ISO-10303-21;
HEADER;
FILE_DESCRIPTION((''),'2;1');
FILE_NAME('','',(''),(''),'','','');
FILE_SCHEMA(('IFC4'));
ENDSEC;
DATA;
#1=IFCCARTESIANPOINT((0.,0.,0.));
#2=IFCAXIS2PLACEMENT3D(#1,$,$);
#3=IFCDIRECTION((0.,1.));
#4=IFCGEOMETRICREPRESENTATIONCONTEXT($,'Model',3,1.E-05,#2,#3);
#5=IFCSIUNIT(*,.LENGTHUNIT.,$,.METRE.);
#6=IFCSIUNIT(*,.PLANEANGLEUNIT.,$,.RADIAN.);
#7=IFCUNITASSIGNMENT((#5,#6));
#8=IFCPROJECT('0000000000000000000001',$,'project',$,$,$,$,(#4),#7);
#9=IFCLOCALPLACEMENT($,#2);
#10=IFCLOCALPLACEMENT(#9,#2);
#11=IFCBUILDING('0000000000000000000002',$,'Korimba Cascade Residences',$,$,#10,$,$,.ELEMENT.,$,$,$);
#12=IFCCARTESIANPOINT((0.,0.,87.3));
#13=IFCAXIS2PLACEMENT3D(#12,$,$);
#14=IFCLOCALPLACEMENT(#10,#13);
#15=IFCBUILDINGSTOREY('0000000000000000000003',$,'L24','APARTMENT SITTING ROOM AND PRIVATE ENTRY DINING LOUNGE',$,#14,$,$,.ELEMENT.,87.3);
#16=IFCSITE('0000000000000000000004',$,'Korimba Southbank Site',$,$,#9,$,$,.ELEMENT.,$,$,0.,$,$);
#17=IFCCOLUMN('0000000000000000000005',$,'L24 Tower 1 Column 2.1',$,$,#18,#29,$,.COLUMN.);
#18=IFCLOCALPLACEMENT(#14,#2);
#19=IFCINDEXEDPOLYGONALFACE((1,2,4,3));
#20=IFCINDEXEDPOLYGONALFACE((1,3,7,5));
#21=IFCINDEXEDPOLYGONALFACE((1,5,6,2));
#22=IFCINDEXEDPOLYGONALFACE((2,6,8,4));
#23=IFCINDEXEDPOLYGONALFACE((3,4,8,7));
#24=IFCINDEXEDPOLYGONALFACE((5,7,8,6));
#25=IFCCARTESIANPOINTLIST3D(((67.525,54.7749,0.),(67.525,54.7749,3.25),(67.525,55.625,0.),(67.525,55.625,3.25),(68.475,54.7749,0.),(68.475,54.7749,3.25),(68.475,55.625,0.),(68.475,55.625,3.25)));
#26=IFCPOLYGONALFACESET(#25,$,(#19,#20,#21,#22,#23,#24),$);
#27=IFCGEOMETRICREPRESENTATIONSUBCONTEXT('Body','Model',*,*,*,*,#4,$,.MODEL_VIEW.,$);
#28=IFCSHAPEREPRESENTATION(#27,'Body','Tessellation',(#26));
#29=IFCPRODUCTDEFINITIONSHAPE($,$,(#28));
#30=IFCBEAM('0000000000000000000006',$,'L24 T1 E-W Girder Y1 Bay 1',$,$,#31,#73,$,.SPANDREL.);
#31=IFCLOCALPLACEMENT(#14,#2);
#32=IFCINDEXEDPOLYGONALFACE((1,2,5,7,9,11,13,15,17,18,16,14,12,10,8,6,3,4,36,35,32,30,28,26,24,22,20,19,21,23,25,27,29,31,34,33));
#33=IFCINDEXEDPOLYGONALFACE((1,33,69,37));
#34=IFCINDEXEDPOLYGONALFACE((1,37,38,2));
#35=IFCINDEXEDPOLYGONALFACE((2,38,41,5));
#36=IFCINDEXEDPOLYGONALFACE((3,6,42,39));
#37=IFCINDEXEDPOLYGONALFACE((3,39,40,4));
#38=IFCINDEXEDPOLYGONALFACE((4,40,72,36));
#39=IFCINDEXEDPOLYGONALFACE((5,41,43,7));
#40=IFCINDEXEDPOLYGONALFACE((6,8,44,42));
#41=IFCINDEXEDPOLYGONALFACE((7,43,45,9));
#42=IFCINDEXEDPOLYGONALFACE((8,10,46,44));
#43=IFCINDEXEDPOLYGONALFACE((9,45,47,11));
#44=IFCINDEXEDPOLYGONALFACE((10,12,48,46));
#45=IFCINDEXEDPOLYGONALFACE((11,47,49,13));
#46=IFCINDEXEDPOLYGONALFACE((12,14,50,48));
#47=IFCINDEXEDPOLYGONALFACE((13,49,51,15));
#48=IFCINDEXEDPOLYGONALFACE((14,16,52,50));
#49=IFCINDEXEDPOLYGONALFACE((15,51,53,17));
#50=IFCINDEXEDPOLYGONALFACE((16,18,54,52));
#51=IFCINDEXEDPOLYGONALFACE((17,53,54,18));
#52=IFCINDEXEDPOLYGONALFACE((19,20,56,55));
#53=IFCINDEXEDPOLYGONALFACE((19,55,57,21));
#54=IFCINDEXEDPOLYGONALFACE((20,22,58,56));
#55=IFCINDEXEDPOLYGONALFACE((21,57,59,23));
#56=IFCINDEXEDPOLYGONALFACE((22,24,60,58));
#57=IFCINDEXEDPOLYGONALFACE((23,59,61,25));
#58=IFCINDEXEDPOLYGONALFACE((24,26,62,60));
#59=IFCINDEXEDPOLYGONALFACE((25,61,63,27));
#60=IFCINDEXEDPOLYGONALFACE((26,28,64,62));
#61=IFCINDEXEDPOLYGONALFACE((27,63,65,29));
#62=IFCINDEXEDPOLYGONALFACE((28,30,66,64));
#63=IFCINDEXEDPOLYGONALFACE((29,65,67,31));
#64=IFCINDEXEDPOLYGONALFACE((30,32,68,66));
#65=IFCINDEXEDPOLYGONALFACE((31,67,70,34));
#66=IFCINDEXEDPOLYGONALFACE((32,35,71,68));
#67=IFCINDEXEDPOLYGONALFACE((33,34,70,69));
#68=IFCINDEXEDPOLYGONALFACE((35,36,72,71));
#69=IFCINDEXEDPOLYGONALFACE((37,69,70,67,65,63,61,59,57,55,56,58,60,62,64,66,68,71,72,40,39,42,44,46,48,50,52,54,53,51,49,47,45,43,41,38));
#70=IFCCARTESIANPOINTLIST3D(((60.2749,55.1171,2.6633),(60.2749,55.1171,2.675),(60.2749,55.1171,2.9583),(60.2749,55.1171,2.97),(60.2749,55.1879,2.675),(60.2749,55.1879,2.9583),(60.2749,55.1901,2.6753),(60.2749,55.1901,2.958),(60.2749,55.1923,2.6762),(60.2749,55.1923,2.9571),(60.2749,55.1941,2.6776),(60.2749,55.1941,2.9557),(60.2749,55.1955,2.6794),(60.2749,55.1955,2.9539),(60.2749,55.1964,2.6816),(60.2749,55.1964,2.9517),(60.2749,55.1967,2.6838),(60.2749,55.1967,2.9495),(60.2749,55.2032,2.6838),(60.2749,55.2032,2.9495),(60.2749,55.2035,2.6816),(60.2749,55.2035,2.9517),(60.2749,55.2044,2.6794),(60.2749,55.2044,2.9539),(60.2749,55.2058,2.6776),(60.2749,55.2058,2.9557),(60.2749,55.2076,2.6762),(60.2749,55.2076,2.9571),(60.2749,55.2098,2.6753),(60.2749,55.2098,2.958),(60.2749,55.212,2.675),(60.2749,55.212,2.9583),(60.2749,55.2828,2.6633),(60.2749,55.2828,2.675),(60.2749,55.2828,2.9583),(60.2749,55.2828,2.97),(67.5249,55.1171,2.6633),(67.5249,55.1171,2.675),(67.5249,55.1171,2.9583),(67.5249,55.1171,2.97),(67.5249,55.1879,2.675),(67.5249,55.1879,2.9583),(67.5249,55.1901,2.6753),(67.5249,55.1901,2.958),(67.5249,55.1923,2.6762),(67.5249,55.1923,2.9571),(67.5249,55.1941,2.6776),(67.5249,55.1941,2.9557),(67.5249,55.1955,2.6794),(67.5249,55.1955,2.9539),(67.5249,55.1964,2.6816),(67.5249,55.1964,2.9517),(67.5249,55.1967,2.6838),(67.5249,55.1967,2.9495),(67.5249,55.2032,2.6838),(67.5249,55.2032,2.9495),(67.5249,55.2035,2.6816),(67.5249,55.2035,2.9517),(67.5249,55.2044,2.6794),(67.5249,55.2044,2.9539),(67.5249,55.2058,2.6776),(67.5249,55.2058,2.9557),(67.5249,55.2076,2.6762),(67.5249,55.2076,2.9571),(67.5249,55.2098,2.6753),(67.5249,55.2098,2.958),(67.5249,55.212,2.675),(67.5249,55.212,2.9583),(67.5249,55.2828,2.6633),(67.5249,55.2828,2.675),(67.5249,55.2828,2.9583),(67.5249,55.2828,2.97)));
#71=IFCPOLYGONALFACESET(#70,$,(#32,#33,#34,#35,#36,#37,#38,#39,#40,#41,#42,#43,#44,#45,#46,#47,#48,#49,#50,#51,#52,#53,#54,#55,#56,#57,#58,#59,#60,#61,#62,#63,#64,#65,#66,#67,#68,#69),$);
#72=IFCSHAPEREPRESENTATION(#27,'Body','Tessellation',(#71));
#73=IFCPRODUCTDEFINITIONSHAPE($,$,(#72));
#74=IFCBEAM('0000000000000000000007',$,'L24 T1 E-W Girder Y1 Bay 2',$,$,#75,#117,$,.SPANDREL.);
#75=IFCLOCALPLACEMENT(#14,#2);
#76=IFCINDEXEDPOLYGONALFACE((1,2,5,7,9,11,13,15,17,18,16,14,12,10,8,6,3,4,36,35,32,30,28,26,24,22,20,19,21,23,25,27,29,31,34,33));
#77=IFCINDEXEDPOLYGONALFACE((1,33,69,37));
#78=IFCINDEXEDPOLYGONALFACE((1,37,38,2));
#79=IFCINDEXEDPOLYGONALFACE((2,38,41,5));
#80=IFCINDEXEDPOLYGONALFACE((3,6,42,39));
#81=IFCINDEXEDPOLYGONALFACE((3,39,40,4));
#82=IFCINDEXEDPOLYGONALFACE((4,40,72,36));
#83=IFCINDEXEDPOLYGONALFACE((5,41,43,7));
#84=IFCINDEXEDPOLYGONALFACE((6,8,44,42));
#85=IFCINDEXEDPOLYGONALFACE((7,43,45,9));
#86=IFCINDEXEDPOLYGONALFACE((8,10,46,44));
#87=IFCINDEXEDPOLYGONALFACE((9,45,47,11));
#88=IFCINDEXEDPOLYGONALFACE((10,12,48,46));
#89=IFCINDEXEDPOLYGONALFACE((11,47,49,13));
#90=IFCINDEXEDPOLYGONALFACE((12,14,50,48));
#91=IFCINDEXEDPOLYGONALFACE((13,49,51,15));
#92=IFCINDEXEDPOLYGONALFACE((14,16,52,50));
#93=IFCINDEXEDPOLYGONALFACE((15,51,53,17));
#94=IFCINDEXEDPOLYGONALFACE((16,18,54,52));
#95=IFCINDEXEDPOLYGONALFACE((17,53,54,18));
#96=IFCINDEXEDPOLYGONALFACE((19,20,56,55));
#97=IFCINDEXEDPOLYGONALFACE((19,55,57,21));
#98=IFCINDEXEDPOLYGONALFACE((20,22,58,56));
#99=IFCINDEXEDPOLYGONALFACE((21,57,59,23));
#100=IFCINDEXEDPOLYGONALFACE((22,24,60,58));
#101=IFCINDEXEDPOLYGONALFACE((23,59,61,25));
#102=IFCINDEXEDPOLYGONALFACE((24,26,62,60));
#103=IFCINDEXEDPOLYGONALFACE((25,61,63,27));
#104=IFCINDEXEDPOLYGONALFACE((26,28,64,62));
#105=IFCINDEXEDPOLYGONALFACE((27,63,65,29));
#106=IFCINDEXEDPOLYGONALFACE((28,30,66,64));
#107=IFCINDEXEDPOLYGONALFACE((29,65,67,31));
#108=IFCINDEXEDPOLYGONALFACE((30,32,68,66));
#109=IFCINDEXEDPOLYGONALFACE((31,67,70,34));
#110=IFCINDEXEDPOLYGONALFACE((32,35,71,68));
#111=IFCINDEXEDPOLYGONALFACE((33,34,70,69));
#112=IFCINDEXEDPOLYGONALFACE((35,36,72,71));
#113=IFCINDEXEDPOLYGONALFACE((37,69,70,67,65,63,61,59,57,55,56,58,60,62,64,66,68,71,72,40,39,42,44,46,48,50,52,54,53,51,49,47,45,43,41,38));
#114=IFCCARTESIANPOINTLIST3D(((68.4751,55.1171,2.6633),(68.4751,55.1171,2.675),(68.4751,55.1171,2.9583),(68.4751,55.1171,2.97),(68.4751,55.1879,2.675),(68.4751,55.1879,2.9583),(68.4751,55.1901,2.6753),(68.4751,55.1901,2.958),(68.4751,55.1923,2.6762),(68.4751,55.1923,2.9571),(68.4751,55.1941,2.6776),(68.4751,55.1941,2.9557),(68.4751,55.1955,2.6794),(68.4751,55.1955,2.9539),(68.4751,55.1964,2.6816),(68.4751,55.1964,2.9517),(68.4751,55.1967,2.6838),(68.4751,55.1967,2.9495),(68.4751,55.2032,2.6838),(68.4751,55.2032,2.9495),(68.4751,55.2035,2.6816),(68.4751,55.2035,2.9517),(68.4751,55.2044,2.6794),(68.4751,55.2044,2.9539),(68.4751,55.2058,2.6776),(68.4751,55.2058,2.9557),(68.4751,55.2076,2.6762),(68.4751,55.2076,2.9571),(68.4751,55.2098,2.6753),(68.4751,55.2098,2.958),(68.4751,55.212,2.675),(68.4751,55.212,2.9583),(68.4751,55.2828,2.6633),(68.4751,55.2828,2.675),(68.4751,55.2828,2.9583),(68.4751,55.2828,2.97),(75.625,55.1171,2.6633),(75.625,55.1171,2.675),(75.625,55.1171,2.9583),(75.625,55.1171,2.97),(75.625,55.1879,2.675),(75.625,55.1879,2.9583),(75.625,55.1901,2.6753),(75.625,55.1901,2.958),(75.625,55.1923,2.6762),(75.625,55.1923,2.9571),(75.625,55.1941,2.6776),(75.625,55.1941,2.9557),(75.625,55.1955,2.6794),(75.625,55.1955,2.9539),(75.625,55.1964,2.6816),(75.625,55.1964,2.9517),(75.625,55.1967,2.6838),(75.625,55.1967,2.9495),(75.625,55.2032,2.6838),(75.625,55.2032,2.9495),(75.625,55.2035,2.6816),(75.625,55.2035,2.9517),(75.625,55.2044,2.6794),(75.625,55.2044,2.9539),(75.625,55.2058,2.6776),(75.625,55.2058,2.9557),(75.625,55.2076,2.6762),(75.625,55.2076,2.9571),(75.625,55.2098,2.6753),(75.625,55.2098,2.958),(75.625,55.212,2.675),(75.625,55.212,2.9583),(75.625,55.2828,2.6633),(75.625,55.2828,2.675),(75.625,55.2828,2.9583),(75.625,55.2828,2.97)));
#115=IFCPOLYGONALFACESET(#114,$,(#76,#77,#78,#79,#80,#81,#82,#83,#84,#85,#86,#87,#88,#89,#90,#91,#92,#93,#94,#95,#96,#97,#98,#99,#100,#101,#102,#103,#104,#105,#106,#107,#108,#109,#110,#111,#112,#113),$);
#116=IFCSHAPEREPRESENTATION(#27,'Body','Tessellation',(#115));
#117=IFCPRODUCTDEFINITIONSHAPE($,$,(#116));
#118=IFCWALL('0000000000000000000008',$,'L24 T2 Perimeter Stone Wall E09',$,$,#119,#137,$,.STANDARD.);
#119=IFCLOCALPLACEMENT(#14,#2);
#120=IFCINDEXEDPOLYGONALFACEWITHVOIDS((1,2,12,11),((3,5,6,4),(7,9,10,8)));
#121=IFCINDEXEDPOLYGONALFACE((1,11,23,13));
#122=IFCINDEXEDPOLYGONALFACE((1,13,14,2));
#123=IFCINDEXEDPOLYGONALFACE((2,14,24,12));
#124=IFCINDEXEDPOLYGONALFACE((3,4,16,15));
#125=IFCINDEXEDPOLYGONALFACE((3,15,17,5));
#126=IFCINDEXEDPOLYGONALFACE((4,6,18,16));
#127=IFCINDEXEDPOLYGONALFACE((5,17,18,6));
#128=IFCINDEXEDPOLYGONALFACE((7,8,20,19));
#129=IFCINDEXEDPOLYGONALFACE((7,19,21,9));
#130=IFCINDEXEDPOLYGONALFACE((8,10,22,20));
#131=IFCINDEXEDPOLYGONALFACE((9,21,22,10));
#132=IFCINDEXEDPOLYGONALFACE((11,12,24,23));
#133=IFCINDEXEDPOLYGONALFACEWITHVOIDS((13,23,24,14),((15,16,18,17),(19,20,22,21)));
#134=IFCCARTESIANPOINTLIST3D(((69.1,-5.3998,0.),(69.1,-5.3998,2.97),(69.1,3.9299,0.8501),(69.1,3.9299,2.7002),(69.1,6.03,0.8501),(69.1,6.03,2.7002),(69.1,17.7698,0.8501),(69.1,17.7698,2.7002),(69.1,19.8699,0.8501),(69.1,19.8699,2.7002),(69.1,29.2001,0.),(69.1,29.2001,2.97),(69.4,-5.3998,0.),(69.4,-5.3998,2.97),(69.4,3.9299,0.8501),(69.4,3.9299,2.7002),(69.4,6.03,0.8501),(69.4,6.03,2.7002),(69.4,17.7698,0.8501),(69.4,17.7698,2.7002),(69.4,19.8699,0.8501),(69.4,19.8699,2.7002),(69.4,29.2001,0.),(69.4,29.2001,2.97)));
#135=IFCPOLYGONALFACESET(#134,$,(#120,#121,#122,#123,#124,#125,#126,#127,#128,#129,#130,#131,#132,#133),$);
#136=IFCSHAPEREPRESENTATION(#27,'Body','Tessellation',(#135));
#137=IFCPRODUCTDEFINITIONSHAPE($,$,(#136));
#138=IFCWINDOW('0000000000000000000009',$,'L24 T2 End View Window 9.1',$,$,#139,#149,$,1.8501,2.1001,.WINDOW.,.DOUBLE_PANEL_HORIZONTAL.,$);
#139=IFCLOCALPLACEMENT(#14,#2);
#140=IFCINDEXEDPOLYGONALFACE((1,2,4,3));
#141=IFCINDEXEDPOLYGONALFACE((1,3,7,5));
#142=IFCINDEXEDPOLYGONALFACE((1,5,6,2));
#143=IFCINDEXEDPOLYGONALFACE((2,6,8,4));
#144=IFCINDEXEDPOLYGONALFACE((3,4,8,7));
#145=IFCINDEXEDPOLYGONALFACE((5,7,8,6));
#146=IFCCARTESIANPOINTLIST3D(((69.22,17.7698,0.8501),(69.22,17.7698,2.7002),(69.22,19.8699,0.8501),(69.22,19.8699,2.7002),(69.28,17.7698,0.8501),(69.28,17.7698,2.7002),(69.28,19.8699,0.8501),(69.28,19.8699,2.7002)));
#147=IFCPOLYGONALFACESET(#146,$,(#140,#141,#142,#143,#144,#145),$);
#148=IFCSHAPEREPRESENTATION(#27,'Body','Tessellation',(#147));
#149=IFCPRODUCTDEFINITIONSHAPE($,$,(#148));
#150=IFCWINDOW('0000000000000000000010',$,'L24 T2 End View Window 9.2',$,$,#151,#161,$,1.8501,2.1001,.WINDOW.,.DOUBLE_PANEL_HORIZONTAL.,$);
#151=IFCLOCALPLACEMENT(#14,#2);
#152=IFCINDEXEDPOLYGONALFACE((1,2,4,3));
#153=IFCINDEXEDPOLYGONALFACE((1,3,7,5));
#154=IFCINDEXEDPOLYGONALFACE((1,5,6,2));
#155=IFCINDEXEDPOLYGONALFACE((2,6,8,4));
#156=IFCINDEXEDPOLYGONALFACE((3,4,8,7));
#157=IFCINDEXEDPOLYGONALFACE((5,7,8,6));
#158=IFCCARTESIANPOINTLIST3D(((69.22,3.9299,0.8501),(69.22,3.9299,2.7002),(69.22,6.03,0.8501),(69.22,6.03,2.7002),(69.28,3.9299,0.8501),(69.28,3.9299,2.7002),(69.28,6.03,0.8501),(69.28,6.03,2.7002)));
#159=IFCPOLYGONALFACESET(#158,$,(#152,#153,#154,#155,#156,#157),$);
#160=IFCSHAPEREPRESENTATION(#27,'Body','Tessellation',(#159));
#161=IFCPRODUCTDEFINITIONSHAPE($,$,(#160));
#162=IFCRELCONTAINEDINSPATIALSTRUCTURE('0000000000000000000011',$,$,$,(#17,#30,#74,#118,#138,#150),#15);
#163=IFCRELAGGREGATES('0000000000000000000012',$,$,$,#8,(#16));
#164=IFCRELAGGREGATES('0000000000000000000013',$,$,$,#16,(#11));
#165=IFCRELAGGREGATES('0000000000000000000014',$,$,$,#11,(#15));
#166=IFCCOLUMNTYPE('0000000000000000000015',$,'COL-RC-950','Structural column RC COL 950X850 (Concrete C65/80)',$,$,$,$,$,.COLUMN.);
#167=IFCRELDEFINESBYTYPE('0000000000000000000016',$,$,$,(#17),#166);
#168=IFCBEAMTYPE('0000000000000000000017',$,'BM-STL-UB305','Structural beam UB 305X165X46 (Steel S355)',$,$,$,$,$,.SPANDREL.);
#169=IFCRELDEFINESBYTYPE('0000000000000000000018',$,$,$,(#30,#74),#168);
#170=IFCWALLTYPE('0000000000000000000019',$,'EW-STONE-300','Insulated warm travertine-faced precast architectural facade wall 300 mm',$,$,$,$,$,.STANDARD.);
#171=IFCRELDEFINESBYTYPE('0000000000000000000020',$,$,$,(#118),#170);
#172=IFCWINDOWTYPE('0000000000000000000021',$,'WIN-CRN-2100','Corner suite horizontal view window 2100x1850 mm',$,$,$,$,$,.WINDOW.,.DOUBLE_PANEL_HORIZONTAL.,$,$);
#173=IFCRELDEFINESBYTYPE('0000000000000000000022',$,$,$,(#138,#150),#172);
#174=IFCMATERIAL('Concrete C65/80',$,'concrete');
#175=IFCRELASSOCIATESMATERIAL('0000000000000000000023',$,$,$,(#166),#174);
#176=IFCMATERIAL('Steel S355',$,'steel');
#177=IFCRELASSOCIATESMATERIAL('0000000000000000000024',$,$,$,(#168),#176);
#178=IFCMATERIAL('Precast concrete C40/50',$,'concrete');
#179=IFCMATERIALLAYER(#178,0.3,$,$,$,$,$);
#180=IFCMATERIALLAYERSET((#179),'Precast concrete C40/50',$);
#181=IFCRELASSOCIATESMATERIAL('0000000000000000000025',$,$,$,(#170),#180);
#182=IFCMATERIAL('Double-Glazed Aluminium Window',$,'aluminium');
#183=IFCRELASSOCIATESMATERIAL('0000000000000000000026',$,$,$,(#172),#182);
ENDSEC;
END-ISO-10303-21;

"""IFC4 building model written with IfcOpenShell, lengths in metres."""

from ifc_helpers import new_model, si_unit, direction, frame, frame_2d, origin, origin_2d, place, context, subcontext, project, spatial, rectangle, i_section, extrude, material, layer, layer_set, material_profile, profile_set, type_object, element, fill, save


model = new_model("IFC4")

# Units and contexts
model_context = context("Model", 3, precision=1e-05, world=origin(), true_north=direction((0.0, 1.0)))
body_context = subcontext(model_context, "Body", "Model", "MODEL_VIEW")
ifc_project = project(units=[si_unit("LENGTHUNIT", "METRE"), si_unit("PLANEANGLEUNIT", "RADIAN")], contexts=[model_context])

# Site, building, storey
site_placement = place(None, origin())
site = spatial("IfcSite", under=ifc_project, at=site_placement, Name="Korimba Southbank Site", CompositionType="ELEMENT", RefElevation=0.0)
building_placement = place(site_placement, origin())
building = spatial("IfcBuilding", under=site, at=building_placement, Name="Korimba Cascade Residences", CompositionType="ELEMENT")
storey_placement = place(building_placement, frame((0.0, 0.0, 87.3)))
storey = spatial("IfcBuildingStorey", under=building, at=storey_placement, Name="L24", Description="APARTMENT SITTING ROOM AND PRIVATE ENTRY DINING LOUNGE", CompositionType="ELEMENT", Elevation=87.3)

# Column
ifc_material_1 = material(Name="Concrete C65/80", Category="concrete")
ifc_material_profile_1 = material_profile(ifc_material_1, rectangle(XDim=0.95, YDim=0.8501, at=origin_2d()), Name="Concrete C65/80")
ifc_profile_set_1 = profile_set([ifc_material_profile_1], Name="Concrete C65/80")
column_type = type_object("IfcColumnType", Name="COL-RC-950", Description="Structural column RC COL 950X850 (Concrete C65/80)", PredefinedType="COLUMN", material=ifc_profile_set_1)
column_placement = place(storey_placement, frame((68.0, 55.2, 0.0), z_axis=(0.0, 0.0, 1.0), x_axis=(1.0, 0.0, 0.0)))
element("IfcColumn", 1, at=column_placement, inside=storey, type_object=column_type, Name="L24 Tower 1 Column 2.1", PredefinedType="COLUMN", context=body_context, shape_type="SweptSolid", body=[
    extrude(rectangle(XDim=0.95, YDim=0.8501, at=origin_2d()), origin(), (0.0, 0.0, 1.0), 3.25),
])

# Beams
ifc_material_2 = material(Name="Steel S355", Category="steel")
ifc_material_profile_2 = material_profile(ifc_material_2, i_section(OverallWidth=0.1658, OverallDepth=0.3066, WebThickness=0.0066, FlangeThickness=0.0117, FilletRadius=0.0088, at=origin_2d()), Name="Steel S355")
ifc_profile_set_2 = profile_set([ifc_material_profile_2], Name="Steel S355")
beam_type = type_object("IfcBeamType", Name="BM-STL-UB305", Description="Structural beam UB 305X165X46 (Steel S355)", PredefinedType="SPANDREL", material=ifc_profile_set_2)
beam_1_placement = place(storey_placement, frame((60.2749, 55.2, 2.8167), z_axis=(1.0, 0.0, 0.0), x_axis=(0.0, 1.0, 0.0)))
element("IfcBeam", 2, at=beam_1_placement, inside=storey, type_object=beam_type, Name="L24 T1 E-W Girder Y1 Bay 1", PredefinedType="SPANDREL", context=body_context, shape_type="SweptSolid", body=[
    extrude(i_section(OverallWidth=0.1658, OverallDepth=0.3066, WebThickness=0.0066, FlangeThickness=0.0117, FilletRadius=0.0088, at=origin_2d()), origin(), (0.0, 0.0, 1.0), 7.25),
])
beam_2_placement = place(storey_placement, frame((68.4751, 55.2, 2.8167), z_axis=(1.0, 0.0, 0.0), x_axis=(0.0, 1.0, 0.0)))
element("IfcBeam", 3, at=beam_2_placement, inside=storey, type_object=beam_type, Name="L24 T1 E-W Girder Y1 Bay 2", PredefinedType="SPANDREL", context=body_context, shape_type="SweptSolid", body=[
    extrude(i_section(OverallWidth=0.1658, OverallDepth=0.3066, WebThickness=0.0066, FlangeThickness=0.0117, FilletRadius=0.0088, at=origin_2d()), origin(), (0.0, 0.0, 1.0), 7.1499),
])

# Wall, openings, windows
ifc_material_3 = material(Name="Precast concrete C40/50", Category="concrete")
ifc_layer_1 = layer(ifc_material_3, 0.3)
ifc_layer_set_1 = layer_set([ifc_layer_1], Name="Precast concrete C40/50")
wall_type_1 = type_object("IfcWallType", Name="EW-STONE-300", Description="Insulated warm travertine-faced precast architectural facade wall 300 mm", PredefinedType="STANDARD", material=ifc_layer_set_1)
wall_1_placement = place(storey_placement, frame((69.25, 29.2, 0.0), z_axis=(0.0, 0.0, 1.0), x_axis=(0.0, -1.0, 0.0)))
wall_1 = element("IfcWall", 4, at=wall_1_placement, inside=storey, type_object=wall_type_1, Name="L24 T2 Perimeter Stone Wall E09", PredefinedType="STANDARD", context=body_context, shape_type="SweptSolid", body=[
    extrude(rectangle(XDim=34.5999, YDim=0.3, at=frame_2d((17.2998, 0.0))), origin(), (0.0, 0.0, 1.0), 2.97),
])
opening_1_placement = place(wall_1_placement, frame((9.3301, 0.0, 0.8501)))
opening_1 = element("IfcOpeningElement", 5, at=opening_1_placement, cuts=wall_1, PredefinedType="OPENING", context=body_context, shape_type="SweptSolid", body=[
    extrude(rectangle(XDim=2.1001, YDim=1.8501, at=frame_2d((1.05, 0.925))), frame((0.0, 0.1602, 0.0), z_axis=(0.0, -1.0, 0.0), x_axis=(1.0, 0.0, 0.0)), (0.0, 0.0, 1.0), 0.3201),
])
opening_2_placement = place(wall_1_placement, frame((23.1699, 0.0, 0.8501)))
opening_2 = element("IfcOpeningElement", 6, at=opening_2_placement, cuts=wall_1, PredefinedType="OPENING", context=body_context, shape_type="SweptSolid", body=[
    extrude(rectangle(XDim=2.1001, YDim=1.8501, at=frame_2d((1.05, 0.925))), frame((0.0, 0.1602, 0.0), z_axis=(0.0, -1.0, 0.0), x_axis=(1.0, 0.0, 0.0)), (0.0, 0.0, 1.0), 0.3201),
])
ifc_material_4 = material(Name="Double-Glazed Aluminium Window", Category="aluminium")
window_type = type_object("IfcWindowType", Name="WIN-CRN-2100", Description="Corner suite horizontal view window 2100x1850 mm", PartitioningType="DOUBLE_PANEL_HORIZONTAL", PredefinedType="WINDOW", material=ifc_material_4)
window_1_placement = place(opening_1_placement, origin())
window_1 = element("IfcWindow", 7, at=window_1_placement, inside=storey, type_object=window_type, Name="L24 T2 End View Window 9.1", OverallHeight=1.8501, OverallWidth=2.1001, PartitioningType="DOUBLE_PANEL_HORIZONTAL", PredefinedType="WINDOW", context=body_context, shape_type="SweptSolid", body=[
    extrude(rectangle(XDim=2.1001, YDim=1.8501, at=frame_2d((1.05, 0.925))), frame((0.0, 0.03, 0.0), z_axis=(0.0, -1.0, 0.0), x_axis=(1.0, 0.0, 0.0)), (0.0, 0.0, 1.0), 0.0601),
])
fill(opening_1, window_1)
window_2_placement = place(opening_2_placement, origin())
window_2 = element("IfcWindow", 8, at=window_2_placement, inside=storey, type_object=window_type, Name="L24 T2 End View Window 9.2", OverallHeight=1.8501, OverallWidth=2.1001, PartitioningType="DOUBLE_PANEL_HORIZONTAL", PredefinedType="WINDOW", context=body_context, shape_type="SweptSolid", body=[
    extrude(rectangle(XDim=2.1001, YDim=1.8501, at=frame_2d((1.05, 0.925))), frame((0.0, 0.03, 0.0), z_axis=(0.0, -1.0, 0.0), x_axis=(1.0, 0.0, 0.0)), (0.0, 0.0, 1.0), 0.0601),
])
fill(opening_2, window_2)

save(model, "model.ifc")
